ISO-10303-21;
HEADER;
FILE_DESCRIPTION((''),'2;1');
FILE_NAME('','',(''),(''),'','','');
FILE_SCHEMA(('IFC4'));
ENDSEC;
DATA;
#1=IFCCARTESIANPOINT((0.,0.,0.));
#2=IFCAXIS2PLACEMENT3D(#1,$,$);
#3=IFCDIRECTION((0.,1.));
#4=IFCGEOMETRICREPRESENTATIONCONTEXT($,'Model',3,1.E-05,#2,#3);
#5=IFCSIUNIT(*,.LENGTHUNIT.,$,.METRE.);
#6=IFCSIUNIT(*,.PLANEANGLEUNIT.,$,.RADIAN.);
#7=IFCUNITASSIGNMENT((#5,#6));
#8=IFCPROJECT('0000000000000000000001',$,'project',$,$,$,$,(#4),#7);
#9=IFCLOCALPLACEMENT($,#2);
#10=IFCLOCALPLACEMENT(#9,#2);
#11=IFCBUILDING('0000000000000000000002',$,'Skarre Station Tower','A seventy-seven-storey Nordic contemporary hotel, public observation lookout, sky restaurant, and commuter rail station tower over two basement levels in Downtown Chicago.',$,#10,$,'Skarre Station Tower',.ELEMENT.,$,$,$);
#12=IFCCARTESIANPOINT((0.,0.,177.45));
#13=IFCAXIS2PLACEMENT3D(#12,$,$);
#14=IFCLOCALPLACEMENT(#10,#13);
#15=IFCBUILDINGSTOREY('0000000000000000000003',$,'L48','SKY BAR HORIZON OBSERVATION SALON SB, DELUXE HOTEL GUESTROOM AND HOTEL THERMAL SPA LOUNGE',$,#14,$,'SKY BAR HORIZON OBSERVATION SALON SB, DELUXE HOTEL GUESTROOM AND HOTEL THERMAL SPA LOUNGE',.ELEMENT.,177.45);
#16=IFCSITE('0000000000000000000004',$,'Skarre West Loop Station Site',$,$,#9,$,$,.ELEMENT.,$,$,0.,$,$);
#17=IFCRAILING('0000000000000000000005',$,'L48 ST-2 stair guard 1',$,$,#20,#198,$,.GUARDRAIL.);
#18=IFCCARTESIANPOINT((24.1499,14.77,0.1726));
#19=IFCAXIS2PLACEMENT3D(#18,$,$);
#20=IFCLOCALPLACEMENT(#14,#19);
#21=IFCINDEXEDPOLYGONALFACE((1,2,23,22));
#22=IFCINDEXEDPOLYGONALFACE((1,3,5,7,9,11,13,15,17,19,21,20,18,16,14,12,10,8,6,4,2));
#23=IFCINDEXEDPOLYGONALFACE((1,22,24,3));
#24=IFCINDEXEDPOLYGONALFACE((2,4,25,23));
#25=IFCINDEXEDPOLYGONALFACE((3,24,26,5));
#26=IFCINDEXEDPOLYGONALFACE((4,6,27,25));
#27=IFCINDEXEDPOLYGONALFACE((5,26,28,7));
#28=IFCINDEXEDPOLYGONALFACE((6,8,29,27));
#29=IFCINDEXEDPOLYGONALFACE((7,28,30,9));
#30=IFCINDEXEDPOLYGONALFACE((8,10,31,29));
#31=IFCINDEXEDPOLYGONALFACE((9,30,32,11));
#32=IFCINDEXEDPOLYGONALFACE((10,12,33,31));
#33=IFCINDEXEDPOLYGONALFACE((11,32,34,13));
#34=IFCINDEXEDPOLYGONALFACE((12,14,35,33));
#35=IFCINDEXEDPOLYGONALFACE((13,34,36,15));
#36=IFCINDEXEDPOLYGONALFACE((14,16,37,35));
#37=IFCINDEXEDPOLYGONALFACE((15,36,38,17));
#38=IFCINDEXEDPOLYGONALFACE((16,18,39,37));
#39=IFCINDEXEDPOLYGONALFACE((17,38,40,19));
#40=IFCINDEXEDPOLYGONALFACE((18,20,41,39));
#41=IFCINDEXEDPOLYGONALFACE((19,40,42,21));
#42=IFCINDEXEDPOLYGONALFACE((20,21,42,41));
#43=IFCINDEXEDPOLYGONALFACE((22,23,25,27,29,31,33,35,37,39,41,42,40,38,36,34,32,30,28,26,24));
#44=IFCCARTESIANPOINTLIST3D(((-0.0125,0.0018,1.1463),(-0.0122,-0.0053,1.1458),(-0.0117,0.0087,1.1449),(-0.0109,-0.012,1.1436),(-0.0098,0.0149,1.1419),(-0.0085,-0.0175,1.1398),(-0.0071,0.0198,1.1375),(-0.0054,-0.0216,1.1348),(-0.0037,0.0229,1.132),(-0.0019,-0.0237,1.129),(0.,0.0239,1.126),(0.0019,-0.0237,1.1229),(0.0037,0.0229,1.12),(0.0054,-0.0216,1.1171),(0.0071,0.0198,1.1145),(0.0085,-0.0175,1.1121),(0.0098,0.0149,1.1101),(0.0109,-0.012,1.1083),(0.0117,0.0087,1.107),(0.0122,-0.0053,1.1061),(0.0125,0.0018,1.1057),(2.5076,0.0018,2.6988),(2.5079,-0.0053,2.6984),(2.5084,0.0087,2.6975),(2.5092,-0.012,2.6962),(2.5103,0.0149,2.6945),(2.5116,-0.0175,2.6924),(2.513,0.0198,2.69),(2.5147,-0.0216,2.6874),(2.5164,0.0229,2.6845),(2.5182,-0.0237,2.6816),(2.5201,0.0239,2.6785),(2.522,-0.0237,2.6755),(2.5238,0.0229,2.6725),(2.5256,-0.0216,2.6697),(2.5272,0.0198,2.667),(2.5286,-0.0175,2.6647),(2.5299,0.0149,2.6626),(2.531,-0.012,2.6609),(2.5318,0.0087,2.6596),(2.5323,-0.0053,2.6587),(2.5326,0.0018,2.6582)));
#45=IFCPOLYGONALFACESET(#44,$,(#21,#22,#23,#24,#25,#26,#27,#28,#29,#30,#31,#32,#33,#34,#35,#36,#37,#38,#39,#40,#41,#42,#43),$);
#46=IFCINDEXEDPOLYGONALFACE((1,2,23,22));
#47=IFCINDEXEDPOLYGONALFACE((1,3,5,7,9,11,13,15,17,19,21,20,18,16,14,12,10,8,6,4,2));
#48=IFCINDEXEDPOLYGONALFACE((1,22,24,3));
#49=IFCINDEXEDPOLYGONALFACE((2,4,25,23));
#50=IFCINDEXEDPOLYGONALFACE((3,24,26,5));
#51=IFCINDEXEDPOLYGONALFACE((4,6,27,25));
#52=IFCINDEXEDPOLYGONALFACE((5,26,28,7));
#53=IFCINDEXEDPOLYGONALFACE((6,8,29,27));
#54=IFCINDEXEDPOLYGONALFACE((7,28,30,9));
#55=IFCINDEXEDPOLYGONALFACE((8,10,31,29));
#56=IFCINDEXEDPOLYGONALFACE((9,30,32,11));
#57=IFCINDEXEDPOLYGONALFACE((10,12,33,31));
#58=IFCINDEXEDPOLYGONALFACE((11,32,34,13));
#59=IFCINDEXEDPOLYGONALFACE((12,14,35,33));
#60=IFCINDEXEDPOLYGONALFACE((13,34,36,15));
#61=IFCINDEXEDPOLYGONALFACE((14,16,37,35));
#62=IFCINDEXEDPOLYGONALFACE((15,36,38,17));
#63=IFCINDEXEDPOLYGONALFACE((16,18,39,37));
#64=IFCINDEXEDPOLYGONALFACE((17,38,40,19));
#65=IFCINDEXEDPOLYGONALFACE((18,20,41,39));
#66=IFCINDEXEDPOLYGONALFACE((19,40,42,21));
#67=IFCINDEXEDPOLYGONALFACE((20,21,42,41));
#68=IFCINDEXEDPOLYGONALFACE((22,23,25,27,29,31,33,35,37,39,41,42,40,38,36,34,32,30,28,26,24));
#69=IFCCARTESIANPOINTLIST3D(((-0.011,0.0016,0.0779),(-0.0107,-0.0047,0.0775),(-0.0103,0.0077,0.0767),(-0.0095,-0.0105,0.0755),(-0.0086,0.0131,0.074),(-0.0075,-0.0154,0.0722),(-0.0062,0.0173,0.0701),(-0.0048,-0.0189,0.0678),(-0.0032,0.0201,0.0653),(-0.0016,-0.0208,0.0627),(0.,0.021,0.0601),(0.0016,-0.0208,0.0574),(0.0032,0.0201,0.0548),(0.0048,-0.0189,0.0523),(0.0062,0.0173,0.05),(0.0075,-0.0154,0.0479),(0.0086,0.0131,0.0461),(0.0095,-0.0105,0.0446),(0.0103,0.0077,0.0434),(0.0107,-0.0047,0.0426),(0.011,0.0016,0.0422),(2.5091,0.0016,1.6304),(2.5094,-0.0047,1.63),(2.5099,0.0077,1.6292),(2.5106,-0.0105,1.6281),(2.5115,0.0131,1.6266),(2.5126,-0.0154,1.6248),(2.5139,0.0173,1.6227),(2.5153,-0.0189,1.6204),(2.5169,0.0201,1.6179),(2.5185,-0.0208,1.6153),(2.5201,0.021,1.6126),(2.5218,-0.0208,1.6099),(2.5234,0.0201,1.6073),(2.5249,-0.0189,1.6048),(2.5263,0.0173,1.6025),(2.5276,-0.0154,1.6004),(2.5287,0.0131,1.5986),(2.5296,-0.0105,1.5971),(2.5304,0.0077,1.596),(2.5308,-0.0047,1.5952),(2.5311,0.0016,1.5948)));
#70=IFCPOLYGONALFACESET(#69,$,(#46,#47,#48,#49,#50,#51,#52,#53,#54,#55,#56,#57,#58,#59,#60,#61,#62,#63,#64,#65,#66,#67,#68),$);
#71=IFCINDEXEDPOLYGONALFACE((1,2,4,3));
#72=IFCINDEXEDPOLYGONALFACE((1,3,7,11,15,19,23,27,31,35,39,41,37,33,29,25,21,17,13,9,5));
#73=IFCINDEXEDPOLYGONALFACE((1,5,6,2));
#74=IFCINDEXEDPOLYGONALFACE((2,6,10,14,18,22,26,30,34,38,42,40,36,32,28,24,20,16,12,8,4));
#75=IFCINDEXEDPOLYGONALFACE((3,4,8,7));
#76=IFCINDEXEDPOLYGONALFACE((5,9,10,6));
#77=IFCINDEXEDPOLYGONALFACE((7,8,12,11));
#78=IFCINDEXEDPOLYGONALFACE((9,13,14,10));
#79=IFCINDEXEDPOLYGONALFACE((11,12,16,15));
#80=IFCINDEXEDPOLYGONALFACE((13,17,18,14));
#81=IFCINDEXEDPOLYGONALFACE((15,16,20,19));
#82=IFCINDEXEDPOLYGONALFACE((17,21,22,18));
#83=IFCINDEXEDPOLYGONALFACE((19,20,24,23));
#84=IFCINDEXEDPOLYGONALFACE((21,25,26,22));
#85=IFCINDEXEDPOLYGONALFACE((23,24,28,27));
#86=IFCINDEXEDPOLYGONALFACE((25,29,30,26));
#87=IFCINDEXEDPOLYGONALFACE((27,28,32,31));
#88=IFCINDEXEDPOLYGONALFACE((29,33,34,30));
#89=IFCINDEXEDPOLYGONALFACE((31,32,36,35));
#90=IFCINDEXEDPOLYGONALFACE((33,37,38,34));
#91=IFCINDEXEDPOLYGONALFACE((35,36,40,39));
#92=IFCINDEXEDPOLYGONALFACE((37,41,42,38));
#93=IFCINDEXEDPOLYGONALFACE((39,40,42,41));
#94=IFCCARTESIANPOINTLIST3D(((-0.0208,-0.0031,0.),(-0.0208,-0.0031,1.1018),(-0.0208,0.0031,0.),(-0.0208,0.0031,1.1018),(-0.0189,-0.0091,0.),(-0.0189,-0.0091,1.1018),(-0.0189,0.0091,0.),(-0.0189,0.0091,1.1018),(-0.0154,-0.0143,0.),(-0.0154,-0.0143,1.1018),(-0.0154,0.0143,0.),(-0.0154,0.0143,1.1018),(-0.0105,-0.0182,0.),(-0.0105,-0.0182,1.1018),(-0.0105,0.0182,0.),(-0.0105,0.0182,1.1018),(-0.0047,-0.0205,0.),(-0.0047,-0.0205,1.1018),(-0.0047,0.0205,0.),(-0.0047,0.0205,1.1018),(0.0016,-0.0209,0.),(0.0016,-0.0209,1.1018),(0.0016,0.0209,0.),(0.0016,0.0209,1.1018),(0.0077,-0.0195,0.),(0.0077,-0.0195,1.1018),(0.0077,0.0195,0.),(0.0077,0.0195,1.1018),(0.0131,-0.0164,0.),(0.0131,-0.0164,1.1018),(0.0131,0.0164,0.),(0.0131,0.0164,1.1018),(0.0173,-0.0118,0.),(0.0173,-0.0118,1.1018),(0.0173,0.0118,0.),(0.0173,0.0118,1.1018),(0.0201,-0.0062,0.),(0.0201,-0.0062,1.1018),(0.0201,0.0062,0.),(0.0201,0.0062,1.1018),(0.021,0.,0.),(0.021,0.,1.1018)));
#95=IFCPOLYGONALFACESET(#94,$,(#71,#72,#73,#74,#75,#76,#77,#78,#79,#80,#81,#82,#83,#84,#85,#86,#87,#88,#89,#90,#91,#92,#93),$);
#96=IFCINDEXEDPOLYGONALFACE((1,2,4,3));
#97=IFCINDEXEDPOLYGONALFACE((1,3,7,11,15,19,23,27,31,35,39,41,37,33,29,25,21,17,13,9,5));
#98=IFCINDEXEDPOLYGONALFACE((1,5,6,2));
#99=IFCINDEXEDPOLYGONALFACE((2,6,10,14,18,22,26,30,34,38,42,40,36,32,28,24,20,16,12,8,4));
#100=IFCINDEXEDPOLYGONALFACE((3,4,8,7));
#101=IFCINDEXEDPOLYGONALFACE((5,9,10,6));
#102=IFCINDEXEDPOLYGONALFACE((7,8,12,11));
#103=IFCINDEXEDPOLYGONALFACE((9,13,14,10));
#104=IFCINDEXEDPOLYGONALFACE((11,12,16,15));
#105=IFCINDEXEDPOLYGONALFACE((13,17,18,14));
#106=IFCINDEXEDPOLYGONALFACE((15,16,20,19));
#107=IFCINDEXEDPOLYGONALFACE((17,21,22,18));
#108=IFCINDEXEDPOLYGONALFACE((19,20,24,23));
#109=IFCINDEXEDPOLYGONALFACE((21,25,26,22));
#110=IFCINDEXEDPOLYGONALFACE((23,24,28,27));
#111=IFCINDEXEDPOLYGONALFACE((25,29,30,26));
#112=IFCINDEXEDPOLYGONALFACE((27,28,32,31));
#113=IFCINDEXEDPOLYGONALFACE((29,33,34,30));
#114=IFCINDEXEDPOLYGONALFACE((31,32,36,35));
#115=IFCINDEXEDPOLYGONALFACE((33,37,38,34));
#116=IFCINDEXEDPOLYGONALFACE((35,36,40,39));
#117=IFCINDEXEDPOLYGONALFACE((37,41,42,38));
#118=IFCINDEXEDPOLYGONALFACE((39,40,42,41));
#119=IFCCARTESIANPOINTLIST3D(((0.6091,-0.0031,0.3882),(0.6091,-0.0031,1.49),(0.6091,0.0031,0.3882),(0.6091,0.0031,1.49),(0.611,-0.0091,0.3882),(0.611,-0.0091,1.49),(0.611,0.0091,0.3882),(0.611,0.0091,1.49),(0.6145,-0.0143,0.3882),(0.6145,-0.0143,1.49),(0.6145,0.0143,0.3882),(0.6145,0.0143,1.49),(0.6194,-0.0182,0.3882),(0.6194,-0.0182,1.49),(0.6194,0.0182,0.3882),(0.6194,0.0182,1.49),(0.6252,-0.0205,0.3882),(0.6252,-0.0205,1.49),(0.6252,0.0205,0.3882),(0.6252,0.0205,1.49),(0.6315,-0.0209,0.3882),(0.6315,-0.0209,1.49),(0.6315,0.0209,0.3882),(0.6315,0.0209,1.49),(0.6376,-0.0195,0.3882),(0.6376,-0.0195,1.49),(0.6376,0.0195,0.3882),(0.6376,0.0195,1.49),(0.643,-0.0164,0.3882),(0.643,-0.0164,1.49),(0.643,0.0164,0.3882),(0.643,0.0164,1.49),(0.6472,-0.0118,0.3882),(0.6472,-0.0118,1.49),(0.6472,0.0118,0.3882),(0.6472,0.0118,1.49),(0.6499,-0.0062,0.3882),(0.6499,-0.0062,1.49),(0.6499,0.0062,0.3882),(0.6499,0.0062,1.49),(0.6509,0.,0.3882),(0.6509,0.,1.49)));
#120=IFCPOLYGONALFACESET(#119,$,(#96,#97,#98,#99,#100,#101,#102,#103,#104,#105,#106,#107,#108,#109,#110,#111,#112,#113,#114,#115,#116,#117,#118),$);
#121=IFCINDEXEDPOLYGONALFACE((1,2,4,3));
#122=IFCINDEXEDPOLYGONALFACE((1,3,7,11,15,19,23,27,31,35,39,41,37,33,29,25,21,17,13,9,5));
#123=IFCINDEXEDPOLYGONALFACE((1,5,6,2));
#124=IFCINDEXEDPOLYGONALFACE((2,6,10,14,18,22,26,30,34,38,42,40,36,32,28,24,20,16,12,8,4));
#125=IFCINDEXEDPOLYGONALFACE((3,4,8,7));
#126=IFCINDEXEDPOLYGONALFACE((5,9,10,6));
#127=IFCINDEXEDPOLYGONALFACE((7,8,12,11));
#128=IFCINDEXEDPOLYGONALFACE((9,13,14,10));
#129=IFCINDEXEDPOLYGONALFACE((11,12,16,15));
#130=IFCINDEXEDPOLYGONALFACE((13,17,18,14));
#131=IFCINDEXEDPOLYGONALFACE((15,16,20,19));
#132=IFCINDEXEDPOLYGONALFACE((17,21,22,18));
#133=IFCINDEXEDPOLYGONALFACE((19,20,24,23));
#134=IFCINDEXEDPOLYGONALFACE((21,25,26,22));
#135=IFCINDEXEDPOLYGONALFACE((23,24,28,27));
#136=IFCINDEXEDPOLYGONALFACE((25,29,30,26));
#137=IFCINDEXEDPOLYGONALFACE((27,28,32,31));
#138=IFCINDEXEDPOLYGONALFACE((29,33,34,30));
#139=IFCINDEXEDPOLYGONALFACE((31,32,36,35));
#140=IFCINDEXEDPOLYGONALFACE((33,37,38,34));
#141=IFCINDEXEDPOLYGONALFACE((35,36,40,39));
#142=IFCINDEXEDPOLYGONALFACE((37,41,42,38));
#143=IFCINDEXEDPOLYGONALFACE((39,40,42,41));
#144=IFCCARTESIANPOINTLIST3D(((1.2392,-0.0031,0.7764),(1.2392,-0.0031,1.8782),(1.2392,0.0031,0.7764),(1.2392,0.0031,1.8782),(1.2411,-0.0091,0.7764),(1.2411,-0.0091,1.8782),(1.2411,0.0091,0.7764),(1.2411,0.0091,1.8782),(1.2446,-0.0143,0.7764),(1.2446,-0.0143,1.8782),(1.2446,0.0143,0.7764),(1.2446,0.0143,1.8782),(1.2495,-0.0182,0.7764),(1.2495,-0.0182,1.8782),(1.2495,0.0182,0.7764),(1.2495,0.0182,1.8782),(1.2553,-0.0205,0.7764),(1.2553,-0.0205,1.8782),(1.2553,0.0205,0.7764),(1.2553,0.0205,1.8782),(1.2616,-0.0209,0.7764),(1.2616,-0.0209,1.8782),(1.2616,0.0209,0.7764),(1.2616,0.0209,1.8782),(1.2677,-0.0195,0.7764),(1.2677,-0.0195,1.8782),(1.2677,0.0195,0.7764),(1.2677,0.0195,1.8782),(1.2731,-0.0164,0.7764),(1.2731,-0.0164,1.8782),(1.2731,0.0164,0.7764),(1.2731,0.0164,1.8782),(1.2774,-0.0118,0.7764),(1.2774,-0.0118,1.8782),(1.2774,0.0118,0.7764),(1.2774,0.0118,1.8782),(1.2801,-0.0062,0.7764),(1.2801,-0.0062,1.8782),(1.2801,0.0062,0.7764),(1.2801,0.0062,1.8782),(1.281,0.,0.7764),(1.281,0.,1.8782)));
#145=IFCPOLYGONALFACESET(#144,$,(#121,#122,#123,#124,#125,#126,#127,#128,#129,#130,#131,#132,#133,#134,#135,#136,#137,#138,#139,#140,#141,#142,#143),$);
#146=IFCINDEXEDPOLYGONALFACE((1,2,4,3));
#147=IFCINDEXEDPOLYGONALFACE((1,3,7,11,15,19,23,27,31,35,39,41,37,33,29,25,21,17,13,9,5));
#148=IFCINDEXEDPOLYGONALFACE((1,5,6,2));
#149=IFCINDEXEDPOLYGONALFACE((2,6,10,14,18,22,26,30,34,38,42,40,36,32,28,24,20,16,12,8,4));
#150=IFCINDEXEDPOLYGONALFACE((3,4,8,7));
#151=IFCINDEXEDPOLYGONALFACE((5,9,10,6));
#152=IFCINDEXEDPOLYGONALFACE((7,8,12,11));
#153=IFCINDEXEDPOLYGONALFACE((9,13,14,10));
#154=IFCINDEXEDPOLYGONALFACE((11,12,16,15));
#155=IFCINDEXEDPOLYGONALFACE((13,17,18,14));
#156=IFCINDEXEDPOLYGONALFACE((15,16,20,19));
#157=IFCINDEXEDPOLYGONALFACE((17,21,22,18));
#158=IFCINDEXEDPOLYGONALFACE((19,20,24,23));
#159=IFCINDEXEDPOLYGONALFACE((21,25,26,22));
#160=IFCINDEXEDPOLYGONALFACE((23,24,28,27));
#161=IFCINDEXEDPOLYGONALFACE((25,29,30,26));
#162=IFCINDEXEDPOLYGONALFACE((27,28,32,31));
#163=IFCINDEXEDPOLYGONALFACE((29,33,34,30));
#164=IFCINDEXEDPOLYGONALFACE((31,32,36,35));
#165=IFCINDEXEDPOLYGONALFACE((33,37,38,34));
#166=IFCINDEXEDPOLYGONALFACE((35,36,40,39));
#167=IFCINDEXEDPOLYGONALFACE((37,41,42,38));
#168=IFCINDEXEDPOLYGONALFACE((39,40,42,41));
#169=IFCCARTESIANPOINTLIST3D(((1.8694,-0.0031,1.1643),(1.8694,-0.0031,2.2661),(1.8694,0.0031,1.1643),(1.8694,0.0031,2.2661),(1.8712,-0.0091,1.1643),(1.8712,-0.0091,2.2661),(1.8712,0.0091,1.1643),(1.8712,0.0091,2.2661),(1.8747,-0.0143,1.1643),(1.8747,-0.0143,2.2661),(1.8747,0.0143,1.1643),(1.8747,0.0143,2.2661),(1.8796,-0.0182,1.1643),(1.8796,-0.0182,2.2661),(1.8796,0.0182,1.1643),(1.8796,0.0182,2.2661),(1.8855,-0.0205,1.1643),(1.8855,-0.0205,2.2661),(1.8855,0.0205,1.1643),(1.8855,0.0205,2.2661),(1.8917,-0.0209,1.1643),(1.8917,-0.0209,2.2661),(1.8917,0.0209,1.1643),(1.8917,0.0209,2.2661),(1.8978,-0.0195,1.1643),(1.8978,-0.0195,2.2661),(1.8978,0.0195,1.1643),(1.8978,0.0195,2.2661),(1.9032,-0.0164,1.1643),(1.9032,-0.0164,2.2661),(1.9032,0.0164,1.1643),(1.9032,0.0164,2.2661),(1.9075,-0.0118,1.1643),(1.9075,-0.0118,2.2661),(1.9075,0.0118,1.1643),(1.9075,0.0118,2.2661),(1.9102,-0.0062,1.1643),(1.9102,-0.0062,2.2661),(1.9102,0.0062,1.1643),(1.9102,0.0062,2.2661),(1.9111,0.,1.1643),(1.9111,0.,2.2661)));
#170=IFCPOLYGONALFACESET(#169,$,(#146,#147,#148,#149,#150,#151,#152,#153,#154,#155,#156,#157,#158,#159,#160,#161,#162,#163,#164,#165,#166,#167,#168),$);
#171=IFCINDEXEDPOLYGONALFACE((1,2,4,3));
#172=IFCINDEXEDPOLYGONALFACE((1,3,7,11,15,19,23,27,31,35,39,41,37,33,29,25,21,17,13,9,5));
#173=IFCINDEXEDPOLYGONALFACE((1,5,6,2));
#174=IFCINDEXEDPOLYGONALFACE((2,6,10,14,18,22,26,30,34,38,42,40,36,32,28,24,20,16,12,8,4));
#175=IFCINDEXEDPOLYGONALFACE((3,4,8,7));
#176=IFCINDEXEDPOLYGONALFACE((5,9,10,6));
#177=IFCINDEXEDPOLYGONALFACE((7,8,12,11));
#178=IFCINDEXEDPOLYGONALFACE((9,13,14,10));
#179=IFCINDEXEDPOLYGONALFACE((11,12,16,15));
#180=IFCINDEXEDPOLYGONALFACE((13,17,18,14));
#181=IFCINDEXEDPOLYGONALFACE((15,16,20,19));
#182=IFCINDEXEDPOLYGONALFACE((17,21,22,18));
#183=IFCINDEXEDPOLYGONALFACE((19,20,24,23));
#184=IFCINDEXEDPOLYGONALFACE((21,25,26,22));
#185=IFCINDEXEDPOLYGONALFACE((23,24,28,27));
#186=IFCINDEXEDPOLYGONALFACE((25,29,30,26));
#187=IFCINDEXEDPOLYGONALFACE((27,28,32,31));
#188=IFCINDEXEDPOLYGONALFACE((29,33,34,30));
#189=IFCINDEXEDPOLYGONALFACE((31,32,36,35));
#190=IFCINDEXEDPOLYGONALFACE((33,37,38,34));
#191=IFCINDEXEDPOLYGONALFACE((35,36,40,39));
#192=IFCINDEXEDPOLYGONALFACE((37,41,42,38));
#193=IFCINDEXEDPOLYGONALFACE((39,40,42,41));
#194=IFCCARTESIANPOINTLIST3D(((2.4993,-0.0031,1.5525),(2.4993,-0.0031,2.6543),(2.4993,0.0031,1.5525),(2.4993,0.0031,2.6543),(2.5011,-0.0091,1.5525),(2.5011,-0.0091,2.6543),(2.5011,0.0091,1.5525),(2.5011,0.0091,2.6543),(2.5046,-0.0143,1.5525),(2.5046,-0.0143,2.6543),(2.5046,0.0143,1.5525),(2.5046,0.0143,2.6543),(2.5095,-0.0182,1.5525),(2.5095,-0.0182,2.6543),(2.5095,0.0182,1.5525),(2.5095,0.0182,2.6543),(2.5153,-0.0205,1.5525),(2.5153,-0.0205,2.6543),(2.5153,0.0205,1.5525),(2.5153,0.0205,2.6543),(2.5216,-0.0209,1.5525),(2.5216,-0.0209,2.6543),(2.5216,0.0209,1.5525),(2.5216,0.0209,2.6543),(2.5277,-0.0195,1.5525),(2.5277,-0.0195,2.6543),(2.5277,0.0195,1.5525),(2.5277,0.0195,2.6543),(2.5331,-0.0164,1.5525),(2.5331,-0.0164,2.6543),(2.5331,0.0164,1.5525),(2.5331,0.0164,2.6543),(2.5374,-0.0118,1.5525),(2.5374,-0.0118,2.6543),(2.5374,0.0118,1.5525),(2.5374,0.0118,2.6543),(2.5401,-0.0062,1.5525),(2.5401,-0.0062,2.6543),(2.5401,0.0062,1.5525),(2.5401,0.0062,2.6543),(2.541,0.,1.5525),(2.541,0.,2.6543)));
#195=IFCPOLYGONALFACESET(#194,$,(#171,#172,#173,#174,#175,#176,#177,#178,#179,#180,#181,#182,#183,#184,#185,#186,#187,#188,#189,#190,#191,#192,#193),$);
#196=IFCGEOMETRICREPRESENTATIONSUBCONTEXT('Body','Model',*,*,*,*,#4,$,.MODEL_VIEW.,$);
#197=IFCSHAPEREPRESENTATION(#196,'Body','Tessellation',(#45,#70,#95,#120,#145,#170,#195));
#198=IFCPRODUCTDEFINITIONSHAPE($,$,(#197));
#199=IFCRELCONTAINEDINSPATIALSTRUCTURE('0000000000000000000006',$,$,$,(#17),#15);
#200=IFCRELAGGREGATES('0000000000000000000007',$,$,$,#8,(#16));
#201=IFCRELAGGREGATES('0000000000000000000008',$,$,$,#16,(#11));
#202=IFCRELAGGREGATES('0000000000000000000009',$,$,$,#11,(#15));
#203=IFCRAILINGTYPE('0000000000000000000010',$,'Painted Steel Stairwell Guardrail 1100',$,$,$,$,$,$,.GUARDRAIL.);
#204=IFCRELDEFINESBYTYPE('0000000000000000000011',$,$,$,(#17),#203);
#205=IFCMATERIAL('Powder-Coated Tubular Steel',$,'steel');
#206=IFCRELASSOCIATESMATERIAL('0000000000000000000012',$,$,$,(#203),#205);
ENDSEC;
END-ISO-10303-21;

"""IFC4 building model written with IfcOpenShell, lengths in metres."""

from ifc_helpers import new_model, si_unit, direction, frame, origin, origin_2d, place, context, subcontext, project, spatial, circle, extrude, material, type_object, element, save


model = new_model("IFC4")

# Units and contexts
model_context = context("Model", 3, precision=1e-05, world=origin(), true_north=direction((0.0, 1.0)))
body_context = subcontext(model_context, "Body", "Model", "MODEL_VIEW")
ifc_project = project(units=[si_unit("LENGTHUNIT", "METRE"), si_unit("PLANEANGLEUNIT", "RADIAN")], contexts=[model_context])

# Site, building, storey
site_placement = place(None, origin())
site = spatial("IfcSite", under=ifc_project, at=site_placement, Name="Skarre West Loop Station Site", CompositionType="ELEMENT", RefElevation=0.0)
building_placement = place(site_placement, origin())
building = spatial("IfcBuilding", under=site, at=building_placement, Name="Skarre Station Tower", Description="A seventy-seven-storey Nordic contemporary hotel, public observation lookout, sky restaurant, and commuter rail station tower over two basement levels in Downtown Chicago.", LongName="Skarre Station Tower", CompositionType="ELEMENT")
storey_placement = place(building_placement, frame((0.0, 0.0, 177.45)))
storey = spatial("IfcBuildingStorey", under=building, at=storey_placement, Name="L48", Description="SKY BAR HORIZON OBSERVATION SALON SB, DELUXE HOTEL GUESTROOM AND HOTEL THERMAL SPA LOUNGE", LongName="SKY BAR HORIZON OBSERVATION SALON SB, DELUXE HOTEL GUESTROOM AND HOTEL THERMAL SPA LOUNGE", CompositionType="ELEMENT", Elevation=177.45)

# Railing
ifc_material_1 = material(Name="Powder-Coated Tubular Steel", Category="steel")
railing_type_1 = type_object("IfcRailingType", Name="Painted Steel Stairwell Guardrail 1100", PredefinedType="GUARDRAIL", material=ifc_material_1)
railing_1_placement = place(storey_placement, frame((24.1499, 14.77, 0.1726)))
element("IfcRailing", 1, at=railing_1_placement, inside=storey, type_object=railing_type_1, Name="L48 ST-2 stair guard 1", PredefinedType="GUARDRAIL", context=body_context, shape_type="SweptSolid", body=[
    extrude(circle(Radius=0.0239, at=origin_2d()), frame((0.0, 0.0, 1.126), z_axis=(0.8514, 0.0, 0.524516), x_axis=(0.0, 1.0, 0.0)), (0.0, 0.0, 1.0), 2.96),
    extrude(circle(Radius=0.021, at=origin_2d()), frame((0.0, 0.0, 0.0601), z_axis=(0.8514, 0.0, 0.524516), x_axis=(0.0, 1.0, 0.0)), (0.0, 0.0, 1.0), 2.96),
    extrude(circle(Radius=0.021, at=origin_2d()), origin(), (0.0, 0.0, 1.0), 1.1018),
    extrude(circle(Radius=0.021, at=origin_2d()), frame((0.6299, 0.0, 0.3882)), (0.0, 0.0, 1.0), 1.1018),
    extrude(circle(Radius=0.021, at=origin_2d()), frame((1.26, 0.0, 0.7764)), (0.0, 0.0, 1.0), 1.1018),
    extrude(circle(Radius=0.021, at=origin_2d()), frame((1.8901, 0.0, 1.1643)), (0.0, 0.0, 1.0), 1.1018),
    extrude(circle(Radius=0.021, at=origin_2d()), frame((2.52, 0.0, 1.5525)), (0.0, 0.0, 1.0), 1.1018),
])

save(model, "model.ifc")
